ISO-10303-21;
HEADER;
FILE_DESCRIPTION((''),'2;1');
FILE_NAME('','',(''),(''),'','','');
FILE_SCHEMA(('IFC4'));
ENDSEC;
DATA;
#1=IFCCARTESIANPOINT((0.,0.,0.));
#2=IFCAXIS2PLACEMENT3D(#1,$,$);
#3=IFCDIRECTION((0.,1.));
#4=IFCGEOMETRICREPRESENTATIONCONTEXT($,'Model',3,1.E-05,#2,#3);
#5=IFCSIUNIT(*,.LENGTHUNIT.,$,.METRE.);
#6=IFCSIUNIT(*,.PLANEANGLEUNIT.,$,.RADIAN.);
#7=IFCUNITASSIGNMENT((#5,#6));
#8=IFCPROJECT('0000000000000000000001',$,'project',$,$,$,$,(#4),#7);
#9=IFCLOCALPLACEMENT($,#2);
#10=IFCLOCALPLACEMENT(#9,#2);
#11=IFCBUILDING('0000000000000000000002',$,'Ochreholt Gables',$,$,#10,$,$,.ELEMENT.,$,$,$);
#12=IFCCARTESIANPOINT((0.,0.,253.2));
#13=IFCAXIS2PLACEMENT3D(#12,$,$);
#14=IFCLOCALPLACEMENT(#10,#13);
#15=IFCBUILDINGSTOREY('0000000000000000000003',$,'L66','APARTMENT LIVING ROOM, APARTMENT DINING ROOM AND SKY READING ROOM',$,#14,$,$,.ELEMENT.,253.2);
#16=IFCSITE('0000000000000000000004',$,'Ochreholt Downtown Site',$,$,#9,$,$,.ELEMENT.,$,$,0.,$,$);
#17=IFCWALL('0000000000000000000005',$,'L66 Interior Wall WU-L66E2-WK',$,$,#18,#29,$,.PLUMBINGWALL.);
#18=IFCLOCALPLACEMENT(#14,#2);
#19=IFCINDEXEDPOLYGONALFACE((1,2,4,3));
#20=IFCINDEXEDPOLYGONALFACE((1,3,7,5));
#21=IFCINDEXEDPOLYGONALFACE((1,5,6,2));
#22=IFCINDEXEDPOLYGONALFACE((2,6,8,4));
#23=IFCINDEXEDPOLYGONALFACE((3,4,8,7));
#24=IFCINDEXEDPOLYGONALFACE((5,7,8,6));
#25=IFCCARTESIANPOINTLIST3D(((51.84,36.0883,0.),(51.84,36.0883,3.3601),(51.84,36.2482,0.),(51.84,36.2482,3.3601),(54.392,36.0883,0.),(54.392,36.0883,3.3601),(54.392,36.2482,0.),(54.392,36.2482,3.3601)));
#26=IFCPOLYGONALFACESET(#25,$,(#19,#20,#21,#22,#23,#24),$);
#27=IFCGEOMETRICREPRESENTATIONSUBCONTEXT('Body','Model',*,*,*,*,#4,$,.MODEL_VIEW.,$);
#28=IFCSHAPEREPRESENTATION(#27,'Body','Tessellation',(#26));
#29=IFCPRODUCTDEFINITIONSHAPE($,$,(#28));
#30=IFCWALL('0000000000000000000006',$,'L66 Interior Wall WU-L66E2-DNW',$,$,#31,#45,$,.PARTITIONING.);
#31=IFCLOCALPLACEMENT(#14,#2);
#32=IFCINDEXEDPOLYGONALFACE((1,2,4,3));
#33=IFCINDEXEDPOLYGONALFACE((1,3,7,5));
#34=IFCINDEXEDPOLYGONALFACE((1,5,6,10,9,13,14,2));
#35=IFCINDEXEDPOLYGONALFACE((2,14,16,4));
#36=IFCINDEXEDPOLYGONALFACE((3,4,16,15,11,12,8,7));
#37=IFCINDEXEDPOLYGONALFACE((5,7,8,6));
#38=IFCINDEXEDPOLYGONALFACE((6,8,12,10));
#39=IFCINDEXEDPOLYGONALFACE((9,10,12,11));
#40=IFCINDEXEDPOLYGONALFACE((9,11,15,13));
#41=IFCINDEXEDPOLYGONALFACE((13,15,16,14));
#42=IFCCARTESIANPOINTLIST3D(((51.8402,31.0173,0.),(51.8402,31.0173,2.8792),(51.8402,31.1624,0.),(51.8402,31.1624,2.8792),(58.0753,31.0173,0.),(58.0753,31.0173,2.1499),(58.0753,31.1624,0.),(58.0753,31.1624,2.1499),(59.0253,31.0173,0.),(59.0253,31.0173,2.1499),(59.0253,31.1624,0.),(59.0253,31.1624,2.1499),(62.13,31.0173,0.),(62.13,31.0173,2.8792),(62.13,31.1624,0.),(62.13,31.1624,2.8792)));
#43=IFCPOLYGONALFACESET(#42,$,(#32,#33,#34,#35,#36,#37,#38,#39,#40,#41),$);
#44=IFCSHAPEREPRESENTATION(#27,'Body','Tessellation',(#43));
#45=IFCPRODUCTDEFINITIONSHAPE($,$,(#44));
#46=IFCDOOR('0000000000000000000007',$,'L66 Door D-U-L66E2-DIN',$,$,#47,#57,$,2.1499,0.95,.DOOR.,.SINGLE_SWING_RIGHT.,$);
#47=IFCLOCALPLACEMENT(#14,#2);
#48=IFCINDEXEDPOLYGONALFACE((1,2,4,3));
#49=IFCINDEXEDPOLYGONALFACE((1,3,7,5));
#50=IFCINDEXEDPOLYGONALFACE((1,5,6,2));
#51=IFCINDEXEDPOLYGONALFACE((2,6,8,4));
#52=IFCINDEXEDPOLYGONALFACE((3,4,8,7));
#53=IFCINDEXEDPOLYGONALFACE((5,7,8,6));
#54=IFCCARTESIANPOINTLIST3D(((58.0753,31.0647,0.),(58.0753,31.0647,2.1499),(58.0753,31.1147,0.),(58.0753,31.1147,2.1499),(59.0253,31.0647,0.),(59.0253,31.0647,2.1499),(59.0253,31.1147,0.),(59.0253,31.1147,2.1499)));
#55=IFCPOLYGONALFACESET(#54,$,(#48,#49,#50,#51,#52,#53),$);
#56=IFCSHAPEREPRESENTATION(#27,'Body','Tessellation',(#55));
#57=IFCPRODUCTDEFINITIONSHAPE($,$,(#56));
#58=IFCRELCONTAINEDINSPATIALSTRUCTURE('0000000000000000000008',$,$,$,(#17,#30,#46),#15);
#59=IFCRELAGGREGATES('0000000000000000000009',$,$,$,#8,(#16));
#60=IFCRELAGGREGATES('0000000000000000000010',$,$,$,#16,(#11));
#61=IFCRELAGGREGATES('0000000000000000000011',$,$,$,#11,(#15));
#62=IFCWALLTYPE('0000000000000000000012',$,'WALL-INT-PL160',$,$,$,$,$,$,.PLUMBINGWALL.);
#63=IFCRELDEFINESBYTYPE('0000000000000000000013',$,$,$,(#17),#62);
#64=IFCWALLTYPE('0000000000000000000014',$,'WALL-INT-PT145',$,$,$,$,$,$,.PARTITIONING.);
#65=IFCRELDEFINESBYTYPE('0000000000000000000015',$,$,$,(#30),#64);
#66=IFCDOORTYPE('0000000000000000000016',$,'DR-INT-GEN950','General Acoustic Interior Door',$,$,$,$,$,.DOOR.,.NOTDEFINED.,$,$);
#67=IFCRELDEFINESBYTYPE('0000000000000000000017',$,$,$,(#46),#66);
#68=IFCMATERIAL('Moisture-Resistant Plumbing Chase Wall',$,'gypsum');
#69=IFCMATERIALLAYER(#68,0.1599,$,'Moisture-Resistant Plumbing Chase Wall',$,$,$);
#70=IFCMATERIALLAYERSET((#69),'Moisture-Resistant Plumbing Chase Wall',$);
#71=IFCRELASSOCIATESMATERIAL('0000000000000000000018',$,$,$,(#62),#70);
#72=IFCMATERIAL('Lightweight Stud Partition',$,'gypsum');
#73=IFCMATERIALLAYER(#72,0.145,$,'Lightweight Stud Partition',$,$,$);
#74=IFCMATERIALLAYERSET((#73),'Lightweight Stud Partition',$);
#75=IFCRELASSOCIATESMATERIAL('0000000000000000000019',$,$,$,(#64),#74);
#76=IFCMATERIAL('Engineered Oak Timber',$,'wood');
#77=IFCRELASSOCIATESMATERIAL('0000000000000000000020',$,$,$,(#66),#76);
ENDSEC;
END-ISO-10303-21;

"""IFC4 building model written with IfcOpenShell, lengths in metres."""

from ifc_helpers import new_model, si_unit, direction, frame, frame_2d, origin, place, context, subcontext, project, spatial, rectangle, extrude, material, layer, layer_set, type_object, element, fill, save


model = new_model("IFC4")

# Units and contexts
model_context = context("Model", 3, precision=1e-05, world=origin(), true_north=direction((0.0, 1.0)))
body_context = subcontext(model_context, "Body", "Model", "MODEL_VIEW")
ifc_project = project(units=[si_unit("LENGTHUNIT", "METRE"), si_unit("PLANEANGLEUNIT", "RADIAN")], contexts=[model_context])

# Site, building, storey
site_placement = place(None, origin())
site = spatial("IfcSite", under=ifc_project, at=site_placement, Name="Ochreholt Downtown Site", CompositionType="ELEMENT", RefElevation=0.0)
building_placement = place(site_placement, origin())
building = spatial("IfcBuilding", under=site, at=building_placement, Name="Ochreholt Gables", CompositionType="ELEMENT")
storey_placement = place(building_placement, frame((0.0, 0.0, 253.2)))
storey = spatial("IfcBuildingStorey", under=building, at=storey_placement, Name="L66", Description="APARTMENT LIVING ROOM, APARTMENT DINING ROOM AND SKY READING ROOM", CompositionType="ELEMENT", Elevation=253.2)

# Shared definitions
ifc_material_1 = material(Name="Engineered Oak Timber", Category="wood")

# Shared definitions
ifc_material_2 = material(Name="Moisture-Resistant Plumbing Chase Wall", Category="gypsum")
ifc_layer_1 = layer(ifc_material_2, 0.1599, Name="Moisture-Resistant Plumbing Chase Wall")
ifc_layer_set_1 = layer_set([ifc_layer_1], Name="Moisture-Resistant Plumbing Chase Wall")
wall_type_1 = type_object("IfcWallType", Name="WALL-INT-PL160", PredefinedType="PLUMBINGWALL", material=ifc_layer_set_1)

# Wall
wall_1_placement = place(storey_placement, frame((51.8401, 36.1682, 0.0), z_axis=(0.0, 0.0, 1.0), x_axis=(1.0, 0.0, 0.0)))
element("IfcWall", 1, at=wall_1_placement, inside=storey, type_object=wall_type_1, Name="L66 Interior Wall WU-L66E2-WK", PredefinedType="PLUMBINGWALL", context=body_context, shape_type="SweptSolid", body=[
    extrude(rectangle(XDim=2.552, YDim=0.1599, at=frame_2d((1.2759, 0.0))), origin(), (0.0, 0.0, 1.0), 3.3601),
])

# Wall, opening, door
ifc_material_3 = material(Name="Lightweight Stud Partition", Category="gypsum")
ifc_layer_2 = layer(ifc_material_3, 0.145, Name="Lightweight Stud Partition")
ifc_layer_set_2 = layer_set([ifc_layer_2], Name="Lightweight Stud Partition")
wall_type_2 = type_object("IfcWallType", Name="WALL-INT-PT145", PredefinedType="PARTITIONING", material=ifc_layer_set_2)
wall_2_placement = place(storey_placement, frame((51.8401, 31.0898, 0.0), z_axis=(0.0, 0.0, 1.0), x_axis=(1.0, 0.0, 0.0)))
wall_2 = element("IfcWall", 2, at=wall_2_placement, inside=storey, type_object=wall_type_2, Name="L66 Interior Wall WU-L66E2-DNW", PredefinedType="PARTITIONING", context=body_context, shape_type="SweptSolid", body=[
    extrude(rectangle(XDim=10.2898, YDim=0.145, at=frame_2d((5.145, 0.0))), origin(), (0.0, 0.0, 1.0), 2.8792),
])
opening_1_placement = place(wall_2_placement, frame((6.2351, 0.0, 0.0)))
opening_1 = element("IfcOpeningElement", 3, at=opening_1_placement, cuts=wall_2, PredefinedType="OPENING", context=body_context, shape_type="SweptSolid", body=[
    extrude(rectangle(XDim=0.95, YDim=2.1499, at=frame_2d((0.4751, 1.075))), frame((0.0, 0.0825, 0.0), z_axis=(0.0, -1.0, 0.0), x_axis=(1.0, 0.0, 0.0)), (0.0, 0.0, 1.0), 0.165),
])
door_type_1 = type_object("IfcDoorType", Name="DR-INT-GEN950", Description="General Acoustic Interior Door", OperationType="NOTDEFINED", PredefinedType="DOOR", material=ifc_material_1)
door_1_placement = place(opening_1_placement, origin())
door_1 = element("IfcDoor", 4, at=door_1_placement, inside=storey, type_object=door_type_1, Name="L66 Door D-U-L66E2-DIN", OperationType="SINGLE_SWING_RIGHT", OverallHeight=2.1499, OverallWidth=0.95, PredefinedType="DOOR", context=body_context, shape_type="SweptSolid", body=[
    extrude(rectangle(XDim=0.95, YDim=2.1499, at=frame_2d((0.4751, 1.075))), frame((0.0, 0.0249, 0.0), z_axis=(0.0, -1.0, 0.0), x_axis=(1.0, 0.0, 0.0)), (0.0, 0.0, 1.0), 0.05),
])
fill(opening_1, door_1)

save(model, "model.ifc")
